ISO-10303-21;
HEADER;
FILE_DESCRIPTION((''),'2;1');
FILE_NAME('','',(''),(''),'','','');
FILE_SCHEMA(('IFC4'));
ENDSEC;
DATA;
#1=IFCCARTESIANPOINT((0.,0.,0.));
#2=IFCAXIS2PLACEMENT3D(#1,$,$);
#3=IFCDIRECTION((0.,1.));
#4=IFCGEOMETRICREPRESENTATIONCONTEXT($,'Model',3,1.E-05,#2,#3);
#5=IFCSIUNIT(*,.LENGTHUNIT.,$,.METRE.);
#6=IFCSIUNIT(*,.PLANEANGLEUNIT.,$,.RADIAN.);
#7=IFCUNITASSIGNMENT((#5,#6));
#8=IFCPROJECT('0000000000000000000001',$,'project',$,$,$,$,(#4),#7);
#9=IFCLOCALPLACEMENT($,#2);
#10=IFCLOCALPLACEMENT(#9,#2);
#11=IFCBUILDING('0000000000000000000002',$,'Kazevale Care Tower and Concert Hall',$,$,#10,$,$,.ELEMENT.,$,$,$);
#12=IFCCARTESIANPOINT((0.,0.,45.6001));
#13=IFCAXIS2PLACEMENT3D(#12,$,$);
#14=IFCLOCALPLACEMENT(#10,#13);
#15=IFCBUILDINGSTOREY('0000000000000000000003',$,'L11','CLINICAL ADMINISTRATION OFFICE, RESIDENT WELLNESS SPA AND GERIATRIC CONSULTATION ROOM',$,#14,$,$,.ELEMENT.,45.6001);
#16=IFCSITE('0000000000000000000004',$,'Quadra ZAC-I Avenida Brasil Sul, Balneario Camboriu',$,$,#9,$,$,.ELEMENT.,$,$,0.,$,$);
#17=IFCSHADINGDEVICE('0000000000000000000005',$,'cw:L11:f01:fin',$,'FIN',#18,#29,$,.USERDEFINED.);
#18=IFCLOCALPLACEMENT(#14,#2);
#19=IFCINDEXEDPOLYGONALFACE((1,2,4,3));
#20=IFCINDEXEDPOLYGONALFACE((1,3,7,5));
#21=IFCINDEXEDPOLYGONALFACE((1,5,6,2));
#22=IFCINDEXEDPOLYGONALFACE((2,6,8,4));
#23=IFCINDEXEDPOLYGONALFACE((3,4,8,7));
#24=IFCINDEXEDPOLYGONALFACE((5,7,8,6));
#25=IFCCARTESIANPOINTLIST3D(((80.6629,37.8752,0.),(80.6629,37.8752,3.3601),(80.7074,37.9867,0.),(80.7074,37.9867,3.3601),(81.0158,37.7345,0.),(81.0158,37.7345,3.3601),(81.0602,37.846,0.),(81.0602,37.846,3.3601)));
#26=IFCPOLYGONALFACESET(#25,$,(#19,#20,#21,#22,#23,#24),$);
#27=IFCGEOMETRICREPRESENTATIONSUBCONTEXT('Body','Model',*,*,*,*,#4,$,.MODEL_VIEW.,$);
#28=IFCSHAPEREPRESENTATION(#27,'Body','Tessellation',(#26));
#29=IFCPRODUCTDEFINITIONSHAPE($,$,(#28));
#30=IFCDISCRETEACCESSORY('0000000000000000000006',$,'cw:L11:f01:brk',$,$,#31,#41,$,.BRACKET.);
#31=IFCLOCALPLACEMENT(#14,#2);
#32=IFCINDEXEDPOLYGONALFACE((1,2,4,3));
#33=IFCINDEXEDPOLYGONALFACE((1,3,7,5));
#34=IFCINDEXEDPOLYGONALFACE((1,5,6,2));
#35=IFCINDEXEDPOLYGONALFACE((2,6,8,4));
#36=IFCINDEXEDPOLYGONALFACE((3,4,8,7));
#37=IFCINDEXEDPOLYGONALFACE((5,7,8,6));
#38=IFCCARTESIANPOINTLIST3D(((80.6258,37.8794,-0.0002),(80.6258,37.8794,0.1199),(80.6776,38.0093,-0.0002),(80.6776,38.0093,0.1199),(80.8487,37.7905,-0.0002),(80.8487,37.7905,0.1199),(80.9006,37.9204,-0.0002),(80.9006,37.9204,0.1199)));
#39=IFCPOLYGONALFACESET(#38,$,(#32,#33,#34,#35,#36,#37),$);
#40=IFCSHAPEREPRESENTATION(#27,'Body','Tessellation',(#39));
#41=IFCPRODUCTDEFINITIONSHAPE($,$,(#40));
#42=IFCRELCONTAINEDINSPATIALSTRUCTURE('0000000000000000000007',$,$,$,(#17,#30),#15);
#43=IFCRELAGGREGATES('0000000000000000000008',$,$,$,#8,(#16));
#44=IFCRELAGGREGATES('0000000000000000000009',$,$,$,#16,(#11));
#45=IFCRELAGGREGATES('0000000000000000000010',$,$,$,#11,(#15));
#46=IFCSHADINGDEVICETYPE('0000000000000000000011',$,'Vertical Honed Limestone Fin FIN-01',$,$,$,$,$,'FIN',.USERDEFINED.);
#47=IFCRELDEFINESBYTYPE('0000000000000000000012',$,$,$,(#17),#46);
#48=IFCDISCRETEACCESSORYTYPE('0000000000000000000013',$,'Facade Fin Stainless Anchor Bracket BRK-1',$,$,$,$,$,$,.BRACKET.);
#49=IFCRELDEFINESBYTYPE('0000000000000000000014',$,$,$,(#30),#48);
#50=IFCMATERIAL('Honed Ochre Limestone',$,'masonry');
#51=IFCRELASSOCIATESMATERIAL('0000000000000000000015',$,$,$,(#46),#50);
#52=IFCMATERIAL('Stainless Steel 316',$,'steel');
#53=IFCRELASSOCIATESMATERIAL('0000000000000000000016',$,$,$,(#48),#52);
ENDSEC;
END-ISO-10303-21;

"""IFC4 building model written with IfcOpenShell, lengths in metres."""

from ifc_helpers import new_model, si_unit, direction, frame, origin, origin_2d, place, context, subcontext, project, spatial, rectangle, extrude, material, type_object, element, save


model = new_model("IFC4")

# Units and contexts
model_context = context("Model", 3, precision=1e-05, world=origin(), true_north=direction((0.0, 1.0)))
body_context = subcontext(model_context, "Body", "Model", "MODEL_VIEW")
ifc_project = project(units=[si_unit("LENGTHUNIT", "METRE"), si_unit("PLANEANGLEUNIT", "RADIAN")], contexts=[model_context])

# Site, building, storey
site_placement = place(None, origin())
site = spatial("IfcSite", under=ifc_project, at=site_placement, Name="Quadra ZAC-I Avenida Brasil Sul, Balneario Camboriu", CompositionType="ELEMENT", RefElevation=0.0)
building_placement = place(site_placement, origin())
building = spatial("IfcBuilding", under=site, at=building_placement, Name="Kazevale Care Tower and Concert Hall", CompositionType="ELEMENT")
storey_placement = place(building_placement, frame((0.0, 0.0, 45.6001)))
storey = spatial("IfcBuildingStorey", under=building, at=storey_placement, Name="L11", Description="CLINICAL ADMINISTRATION OFFICE, RESIDENT WELLNESS SPA AND GERIATRIC CONSULTATION ROOM", CompositionType="ELEMENT", Elevation=45.6001)

# Shading device
ifc_material_1 = material(Name="Honed Ochre Limestone", Category="masonry")
shading_device_type = type_object("IfcShadingDeviceType", Name="Vertical Honed Limestone Fin FIN-01", ElementType="FIN", PredefinedType="USERDEFINED", material=ifc_material_1)
shading_device_placement = place(storey_placement, frame((80.8616, 37.8606, 0.0), z_axis=(0.0, 0.0, 1.0), x_axis=(0.928874, -0.370395, 0.0)))
element("IfcShadingDevice", 1, at=shading_device_placement, inside=storey, type_object=shading_device_type, Name="cw:L11:f01:fin", ObjectType="FIN", PredefinedType="USERDEFINED", context=body_context, shape_type="SweptSolid", body=[
    extrude(rectangle(XDim=0.3799, YDim=0.1201, at=origin_2d()), origin(), (0.0, 0.0, 1.0), 3.3601),
])

# Discrete accessory
ifc_material_2 = material(Name="Stainless Steel 316", Category="steel")
discrete_accessory_type = type_object("IfcDiscreteAccessoryType", Name="Facade Fin Stainless Anchor Bracket BRK-1", PredefinedType="BRACKET", material=ifc_material_2)
discrete_accessory_placement = place(storey_placement, frame((80.7632, 37.8999, -0.0002), z_axis=(0.0, 0.0, 1.0), x_axis=(0.928874, -0.370395, 0.0)))
element("IfcDiscreteAccessory", 2, at=discrete_accessory_placement, inside=storey, type_object=discrete_accessory_type, Name="cw:L11:f01:brk", PredefinedType="BRACKET", context=body_context, shape_type="SweptSolid", body=[
    extrude(rectangle(XDim=0.24, YDim=0.1399, at=origin_2d()), origin(), (0.0, 0.0, 1.0), 0.1201),
])

save(model, "model.ifc")
